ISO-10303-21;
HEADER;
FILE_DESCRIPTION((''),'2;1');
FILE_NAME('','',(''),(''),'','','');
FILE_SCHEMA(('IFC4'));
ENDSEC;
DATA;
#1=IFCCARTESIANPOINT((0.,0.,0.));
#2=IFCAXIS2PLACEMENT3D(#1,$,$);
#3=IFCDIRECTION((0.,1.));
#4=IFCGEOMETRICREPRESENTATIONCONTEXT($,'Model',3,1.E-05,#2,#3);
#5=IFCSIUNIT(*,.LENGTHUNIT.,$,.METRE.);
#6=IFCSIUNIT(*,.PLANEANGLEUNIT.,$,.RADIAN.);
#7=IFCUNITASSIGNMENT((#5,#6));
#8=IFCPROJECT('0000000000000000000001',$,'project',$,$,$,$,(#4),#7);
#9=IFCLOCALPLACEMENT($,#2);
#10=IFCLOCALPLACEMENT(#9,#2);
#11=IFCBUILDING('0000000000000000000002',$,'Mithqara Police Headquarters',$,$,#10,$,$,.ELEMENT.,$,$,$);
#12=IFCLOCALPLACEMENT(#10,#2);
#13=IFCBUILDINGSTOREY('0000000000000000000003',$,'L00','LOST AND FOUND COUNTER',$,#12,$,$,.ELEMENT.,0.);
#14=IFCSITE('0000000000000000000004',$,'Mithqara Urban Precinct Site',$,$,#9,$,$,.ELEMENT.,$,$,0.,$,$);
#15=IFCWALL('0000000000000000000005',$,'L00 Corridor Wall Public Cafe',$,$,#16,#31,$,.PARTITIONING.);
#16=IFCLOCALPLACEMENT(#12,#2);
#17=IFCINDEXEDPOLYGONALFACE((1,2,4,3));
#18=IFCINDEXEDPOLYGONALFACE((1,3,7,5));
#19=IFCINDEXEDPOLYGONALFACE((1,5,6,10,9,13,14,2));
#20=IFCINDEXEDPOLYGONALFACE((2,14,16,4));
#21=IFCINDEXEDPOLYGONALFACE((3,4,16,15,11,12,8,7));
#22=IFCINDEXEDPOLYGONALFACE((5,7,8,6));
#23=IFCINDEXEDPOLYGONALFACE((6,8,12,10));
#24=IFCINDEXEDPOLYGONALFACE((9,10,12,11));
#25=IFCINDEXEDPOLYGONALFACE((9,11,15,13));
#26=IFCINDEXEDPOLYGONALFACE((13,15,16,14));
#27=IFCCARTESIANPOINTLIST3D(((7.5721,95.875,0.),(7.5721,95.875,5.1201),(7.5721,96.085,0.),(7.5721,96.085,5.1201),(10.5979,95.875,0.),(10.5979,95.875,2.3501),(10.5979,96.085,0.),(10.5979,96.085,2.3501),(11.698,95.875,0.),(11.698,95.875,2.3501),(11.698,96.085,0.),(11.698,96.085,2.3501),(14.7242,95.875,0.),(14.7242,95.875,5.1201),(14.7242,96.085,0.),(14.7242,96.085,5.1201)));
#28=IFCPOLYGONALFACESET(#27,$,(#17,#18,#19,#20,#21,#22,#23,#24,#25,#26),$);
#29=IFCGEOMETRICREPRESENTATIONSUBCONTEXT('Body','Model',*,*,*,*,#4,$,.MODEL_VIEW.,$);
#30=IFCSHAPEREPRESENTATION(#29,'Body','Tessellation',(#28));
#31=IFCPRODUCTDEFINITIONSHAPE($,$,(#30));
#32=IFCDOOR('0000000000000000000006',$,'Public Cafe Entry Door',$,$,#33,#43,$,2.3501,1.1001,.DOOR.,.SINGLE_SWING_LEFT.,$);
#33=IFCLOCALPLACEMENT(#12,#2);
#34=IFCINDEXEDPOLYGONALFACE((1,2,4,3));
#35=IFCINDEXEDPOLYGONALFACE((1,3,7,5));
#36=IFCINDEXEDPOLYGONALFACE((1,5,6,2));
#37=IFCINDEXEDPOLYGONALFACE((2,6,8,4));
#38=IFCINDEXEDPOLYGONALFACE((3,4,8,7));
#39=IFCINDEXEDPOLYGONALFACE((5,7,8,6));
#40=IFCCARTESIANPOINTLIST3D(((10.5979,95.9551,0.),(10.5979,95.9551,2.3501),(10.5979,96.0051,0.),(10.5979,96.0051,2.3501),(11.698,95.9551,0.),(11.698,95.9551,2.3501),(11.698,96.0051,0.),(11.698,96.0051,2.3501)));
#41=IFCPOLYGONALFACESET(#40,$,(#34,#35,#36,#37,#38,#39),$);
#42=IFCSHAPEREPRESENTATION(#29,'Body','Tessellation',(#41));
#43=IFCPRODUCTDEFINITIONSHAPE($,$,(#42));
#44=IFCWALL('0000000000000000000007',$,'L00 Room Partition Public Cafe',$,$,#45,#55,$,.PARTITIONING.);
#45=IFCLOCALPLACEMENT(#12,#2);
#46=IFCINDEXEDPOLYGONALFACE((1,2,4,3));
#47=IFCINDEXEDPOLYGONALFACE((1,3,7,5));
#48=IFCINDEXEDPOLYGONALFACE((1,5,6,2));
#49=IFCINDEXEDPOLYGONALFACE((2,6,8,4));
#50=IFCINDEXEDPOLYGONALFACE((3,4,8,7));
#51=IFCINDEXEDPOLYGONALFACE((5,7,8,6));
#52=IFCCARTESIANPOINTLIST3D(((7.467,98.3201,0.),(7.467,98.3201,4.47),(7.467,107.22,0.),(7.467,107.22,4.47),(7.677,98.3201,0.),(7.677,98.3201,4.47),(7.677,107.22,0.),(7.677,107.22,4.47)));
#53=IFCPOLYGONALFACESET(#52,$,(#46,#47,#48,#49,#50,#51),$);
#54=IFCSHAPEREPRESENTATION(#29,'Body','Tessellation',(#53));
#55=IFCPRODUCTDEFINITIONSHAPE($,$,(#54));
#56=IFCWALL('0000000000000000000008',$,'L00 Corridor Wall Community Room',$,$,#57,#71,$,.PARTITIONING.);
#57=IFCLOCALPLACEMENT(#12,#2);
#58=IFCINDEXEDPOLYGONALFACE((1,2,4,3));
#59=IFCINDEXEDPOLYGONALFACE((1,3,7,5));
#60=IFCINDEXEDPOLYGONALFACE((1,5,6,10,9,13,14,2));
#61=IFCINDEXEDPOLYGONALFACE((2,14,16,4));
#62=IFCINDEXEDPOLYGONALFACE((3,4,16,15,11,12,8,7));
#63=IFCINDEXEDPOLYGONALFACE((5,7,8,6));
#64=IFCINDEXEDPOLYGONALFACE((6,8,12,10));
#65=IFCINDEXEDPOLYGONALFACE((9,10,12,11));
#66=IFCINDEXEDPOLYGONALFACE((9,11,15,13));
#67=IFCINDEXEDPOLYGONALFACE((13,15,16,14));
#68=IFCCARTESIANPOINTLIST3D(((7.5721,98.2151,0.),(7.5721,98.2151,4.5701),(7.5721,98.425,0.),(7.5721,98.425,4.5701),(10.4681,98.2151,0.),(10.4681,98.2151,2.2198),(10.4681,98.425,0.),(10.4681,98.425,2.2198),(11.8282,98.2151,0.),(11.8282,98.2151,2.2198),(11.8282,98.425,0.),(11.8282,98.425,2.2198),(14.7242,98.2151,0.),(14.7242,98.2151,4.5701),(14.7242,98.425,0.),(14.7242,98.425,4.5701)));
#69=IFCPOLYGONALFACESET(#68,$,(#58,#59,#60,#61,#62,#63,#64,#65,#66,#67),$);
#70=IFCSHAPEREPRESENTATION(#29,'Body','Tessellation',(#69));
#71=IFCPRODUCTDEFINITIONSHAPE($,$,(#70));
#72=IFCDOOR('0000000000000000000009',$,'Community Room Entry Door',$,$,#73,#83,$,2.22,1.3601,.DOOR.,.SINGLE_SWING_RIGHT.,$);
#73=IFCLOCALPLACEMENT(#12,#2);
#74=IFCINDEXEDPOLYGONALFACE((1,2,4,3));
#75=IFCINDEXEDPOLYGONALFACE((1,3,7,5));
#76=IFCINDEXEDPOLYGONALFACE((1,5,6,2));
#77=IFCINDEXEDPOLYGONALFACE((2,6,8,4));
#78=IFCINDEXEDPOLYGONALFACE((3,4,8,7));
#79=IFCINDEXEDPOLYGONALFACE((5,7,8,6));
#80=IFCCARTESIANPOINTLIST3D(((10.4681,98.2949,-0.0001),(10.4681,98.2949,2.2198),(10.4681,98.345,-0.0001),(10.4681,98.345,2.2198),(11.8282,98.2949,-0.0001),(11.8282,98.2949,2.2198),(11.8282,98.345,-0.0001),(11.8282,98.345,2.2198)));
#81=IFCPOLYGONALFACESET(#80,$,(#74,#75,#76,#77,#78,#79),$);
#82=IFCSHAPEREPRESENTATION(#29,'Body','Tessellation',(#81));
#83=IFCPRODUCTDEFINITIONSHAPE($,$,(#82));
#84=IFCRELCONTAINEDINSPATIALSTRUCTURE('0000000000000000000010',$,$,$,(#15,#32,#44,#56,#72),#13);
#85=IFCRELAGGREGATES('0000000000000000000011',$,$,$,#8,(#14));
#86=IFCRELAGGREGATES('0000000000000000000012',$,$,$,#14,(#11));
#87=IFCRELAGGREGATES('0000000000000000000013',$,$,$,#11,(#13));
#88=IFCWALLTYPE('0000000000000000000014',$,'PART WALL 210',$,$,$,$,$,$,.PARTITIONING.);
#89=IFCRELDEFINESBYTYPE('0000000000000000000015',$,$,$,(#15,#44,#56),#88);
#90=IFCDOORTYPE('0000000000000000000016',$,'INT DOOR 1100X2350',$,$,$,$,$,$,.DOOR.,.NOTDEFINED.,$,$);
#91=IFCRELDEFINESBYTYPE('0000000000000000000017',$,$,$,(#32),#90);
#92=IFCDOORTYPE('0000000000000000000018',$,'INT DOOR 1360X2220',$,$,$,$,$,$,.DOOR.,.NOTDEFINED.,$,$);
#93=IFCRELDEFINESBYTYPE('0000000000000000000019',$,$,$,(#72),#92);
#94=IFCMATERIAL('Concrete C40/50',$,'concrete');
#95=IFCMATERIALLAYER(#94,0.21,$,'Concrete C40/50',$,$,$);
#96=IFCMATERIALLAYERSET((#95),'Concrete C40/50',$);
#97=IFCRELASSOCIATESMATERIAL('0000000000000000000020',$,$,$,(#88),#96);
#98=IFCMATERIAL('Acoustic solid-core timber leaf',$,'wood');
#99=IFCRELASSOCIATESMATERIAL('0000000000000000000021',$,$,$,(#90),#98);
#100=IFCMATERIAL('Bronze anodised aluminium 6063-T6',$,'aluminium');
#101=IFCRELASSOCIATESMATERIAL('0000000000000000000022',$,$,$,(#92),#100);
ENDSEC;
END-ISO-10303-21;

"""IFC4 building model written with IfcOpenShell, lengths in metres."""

from ifc_helpers import new_model, si_unit, direction, frame, frame_2d, origin, place, context, subcontext, project, spatial, rectangle, extrude, material, layer, layer_set, type_object, element, fill, save


model = new_model("IFC4")

# Units and contexts
model_context = context("Model", 3, precision=1e-05, world=origin(), true_north=direction((0.0, 1.0)))
body_context = subcontext(model_context, "Body", "Model", "MODEL_VIEW")
ifc_project = project(units=[si_unit("LENGTHUNIT", "METRE"), si_unit("PLANEANGLEUNIT", "RADIAN")], contexts=[model_context])

# Site, building, storey
site_placement = place(None, origin())
site = spatial("IfcSite", under=ifc_project, at=site_placement, Name="Mithqara Urban Precinct Site", CompositionType="ELEMENT", RefElevation=0.0)
building_placement = place(site_placement, origin())
building = spatial("IfcBuilding", under=site, at=building_placement, Name="Mithqara Police Headquarters", CompositionType="ELEMENT")
storey_placement = place(building_placement, origin())
storey = spatial("IfcBuildingStorey", under=building, at=storey_placement, Name="L00", Description="LOST AND FOUND COUNTER", CompositionType="ELEMENT", Elevation=0.0)

# Shared definitions
ifc_material_1 = material(Name="Concrete C40/50", Category="concrete")

# Wall, opening, door
ifc_layer = layer(ifc_material_1, 0.21, Name="Concrete C40/50")
ifc_layer_set = layer_set([ifc_layer], Name="Concrete C40/50")
wall_type = type_object("IfcWallType", Name="PART WALL 210", PredefinedType="PARTITIONING", material=ifc_layer_set)
wall_1_placement = place(storey_placement, frame((7.572, 95.98, 0.0), z_axis=(0.0, 0.0, 1.0), x_axis=(1.0, 0.0, 0.0)))
wall_1 = element("IfcWall", 1, at=wall_1_placement, inside=storey, type_object=wall_type, Name="L00 Corridor Wall Public Cafe", PredefinedType="PARTITIONING", context=body_context, shape_type="SweptSolid", body=[
    extrude(rectangle(XDim=7.1521, YDim=0.21, at=frame_2d((3.5762, 0.0))), origin(), (0.0, 0.0, 1.0), 5.1201),
])
opening_1_placement = place(wall_1_placement, frame((3.0259, 0.0, 0.0)))
opening_1 = element("IfcOpeningElement", 2, at=opening_1_placement, cuts=wall_1, PredefinedType="OPENING", context=body_context, shape_type="SweptSolid", body=[
    extrude(rectangle(XDim=1.1001, YDim=2.3501, at=frame_2d((0.55, 1.175))), frame((0.0, 0.115, 0.0), z_axis=(0.0, -1.0, 0.0), x_axis=(1.0, 0.0, 0.0)), (0.0, 0.0, 1.0), 0.23),
])
ifc_material_2 = material(Name="Acoustic solid-core timber leaf", Category="wood")
door_type_1 = type_object("IfcDoorType", Name="INT DOOR 1100X2350", OperationType="NOTDEFINED", PredefinedType="DOOR", material=ifc_material_2)
door_1_placement = place(opening_1_placement, frame((1.1001, 0.0, 0.0), z_axis=(0.0, 0.0, 1.0), x_axis=(-1.0, 0.0, 0.0)))
door_1 = element("IfcDoor", 3, at=door_1_placement, inside=storey, type_object=door_type_1, Name="Public Cafe Entry Door", OperationType="SINGLE_SWING_LEFT", OverallHeight=2.3501, OverallWidth=1.1001, PredefinedType="DOOR", context=body_context, shape_type="SweptSolid", body=[
    extrude(rectangle(XDim=1.1001, YDim=2.3501, at=frame_2d((0.55, 1.175))), frame((0.0, 0.0249, 0.0), z_axis=(0.0, -1.0, 0.0), x_axis=(1.0, 0.0, 0.0)), (0.0, 0.0, 1.0), 0.05),
])
fill(opening_1, door_1)

# Wall
wall_2_placement = place(storey_placement, frame((7.572, 98.3201, 0.0), z_axis=(0.0, 0.0, 1.0), x_axis=(0.0, 1.0, 0.0)))
element("IfcWall", 4, at=wall_2_placement, inside=storey, type_object=wall_type, Name="L00 Room Partition Public Cafe", PredefinedType="PARTITIONING", context=body_context, shape_type="SweptSolid", body=[
    extrude(rectangle(XDim=8.8999, YDim=0.21, at=frame_2d((4.45, 0.0))), origin(), (0.0, 0.0, 1.0), 4.47),
])

# Wall, opening, door
wall_3_placement = place(storey_placement, frame((7.572, 98.3201, 0.0), z_axis=(0.0, 0.0, 1.0), x_axis=(1.0, 0.0, 0.0)))
wall_3 = element("IfcWall", 5, at=wall_3_placement, inside=storey, type_object=wall_type, Name="L00 Corridor Wall Community Room", PredefinedType="PARTITIONING", context=body_context, shape_type="SweptSolid", body=[
    extrude(rectangle(XDim=7.1521, YDim=0.21, at=frame_2d((3.5762, 0.0))), origin(), (0.0, 0.0, 1.0), 4.5701),
])
opening_2_placement = place(wall_3_placement, frame((2.896, 0.0, 0.0)))
opening_2 = element("IfcOpeningElement", 6, at=opening_2_placement, cuts=wall_3, PredefinedType="OPENING", context=body_context, shape_type="SweptSolid", body=[
    extrude(rectangle(XDim=1.3601, YDim=2.22, at=frame_2d((0.6802, 1.1099))), frame((0.0, 0.115, 0.0), z_axis=(0.0, -1.0, 0.0), x_axis=(1.0, 0.0, 0.0)), (0.0, 0.0, 1.0), 0.23),
])
ifc_material_3 = material(Name="Bronze anodised aluminium 6063-T6", Category="aluminium")
door_type_2 = type_object("IfcDoorType", Name="INT DOOR 1360X2220", OperationType="NOTDEFINED", PredefinedType="DOOR", material=ifc_material_3)
door_2_placement = place(opening_2_placement, origin())
door_2 = element("IfcDoor", 7, at=door_2_placement, inside=storey, type_object=door_type_2, Name="Community Room Entry Door", OperationType="SINGLE_SWING_RIGHT", OverallHeight=2.22, OverallWidth=1.3601, PredefinedType="DOOR", context=body_context, shape_type="SweptSolid", body=[
    extrude(rectangle(XDim=1.3601, YDim=2.22, at=frame_2d((0.6802, 1.1099))), frame((0.0, 0.0249, 0.0), z_axis=(0.0, -1.0, 0.0), x_axis=(1.0, 0.0, 0.0)), (0.0, 0.0, 1.0), 0.05),
])
fill(opening_2, door_2)

save(model, "model.ifc")
